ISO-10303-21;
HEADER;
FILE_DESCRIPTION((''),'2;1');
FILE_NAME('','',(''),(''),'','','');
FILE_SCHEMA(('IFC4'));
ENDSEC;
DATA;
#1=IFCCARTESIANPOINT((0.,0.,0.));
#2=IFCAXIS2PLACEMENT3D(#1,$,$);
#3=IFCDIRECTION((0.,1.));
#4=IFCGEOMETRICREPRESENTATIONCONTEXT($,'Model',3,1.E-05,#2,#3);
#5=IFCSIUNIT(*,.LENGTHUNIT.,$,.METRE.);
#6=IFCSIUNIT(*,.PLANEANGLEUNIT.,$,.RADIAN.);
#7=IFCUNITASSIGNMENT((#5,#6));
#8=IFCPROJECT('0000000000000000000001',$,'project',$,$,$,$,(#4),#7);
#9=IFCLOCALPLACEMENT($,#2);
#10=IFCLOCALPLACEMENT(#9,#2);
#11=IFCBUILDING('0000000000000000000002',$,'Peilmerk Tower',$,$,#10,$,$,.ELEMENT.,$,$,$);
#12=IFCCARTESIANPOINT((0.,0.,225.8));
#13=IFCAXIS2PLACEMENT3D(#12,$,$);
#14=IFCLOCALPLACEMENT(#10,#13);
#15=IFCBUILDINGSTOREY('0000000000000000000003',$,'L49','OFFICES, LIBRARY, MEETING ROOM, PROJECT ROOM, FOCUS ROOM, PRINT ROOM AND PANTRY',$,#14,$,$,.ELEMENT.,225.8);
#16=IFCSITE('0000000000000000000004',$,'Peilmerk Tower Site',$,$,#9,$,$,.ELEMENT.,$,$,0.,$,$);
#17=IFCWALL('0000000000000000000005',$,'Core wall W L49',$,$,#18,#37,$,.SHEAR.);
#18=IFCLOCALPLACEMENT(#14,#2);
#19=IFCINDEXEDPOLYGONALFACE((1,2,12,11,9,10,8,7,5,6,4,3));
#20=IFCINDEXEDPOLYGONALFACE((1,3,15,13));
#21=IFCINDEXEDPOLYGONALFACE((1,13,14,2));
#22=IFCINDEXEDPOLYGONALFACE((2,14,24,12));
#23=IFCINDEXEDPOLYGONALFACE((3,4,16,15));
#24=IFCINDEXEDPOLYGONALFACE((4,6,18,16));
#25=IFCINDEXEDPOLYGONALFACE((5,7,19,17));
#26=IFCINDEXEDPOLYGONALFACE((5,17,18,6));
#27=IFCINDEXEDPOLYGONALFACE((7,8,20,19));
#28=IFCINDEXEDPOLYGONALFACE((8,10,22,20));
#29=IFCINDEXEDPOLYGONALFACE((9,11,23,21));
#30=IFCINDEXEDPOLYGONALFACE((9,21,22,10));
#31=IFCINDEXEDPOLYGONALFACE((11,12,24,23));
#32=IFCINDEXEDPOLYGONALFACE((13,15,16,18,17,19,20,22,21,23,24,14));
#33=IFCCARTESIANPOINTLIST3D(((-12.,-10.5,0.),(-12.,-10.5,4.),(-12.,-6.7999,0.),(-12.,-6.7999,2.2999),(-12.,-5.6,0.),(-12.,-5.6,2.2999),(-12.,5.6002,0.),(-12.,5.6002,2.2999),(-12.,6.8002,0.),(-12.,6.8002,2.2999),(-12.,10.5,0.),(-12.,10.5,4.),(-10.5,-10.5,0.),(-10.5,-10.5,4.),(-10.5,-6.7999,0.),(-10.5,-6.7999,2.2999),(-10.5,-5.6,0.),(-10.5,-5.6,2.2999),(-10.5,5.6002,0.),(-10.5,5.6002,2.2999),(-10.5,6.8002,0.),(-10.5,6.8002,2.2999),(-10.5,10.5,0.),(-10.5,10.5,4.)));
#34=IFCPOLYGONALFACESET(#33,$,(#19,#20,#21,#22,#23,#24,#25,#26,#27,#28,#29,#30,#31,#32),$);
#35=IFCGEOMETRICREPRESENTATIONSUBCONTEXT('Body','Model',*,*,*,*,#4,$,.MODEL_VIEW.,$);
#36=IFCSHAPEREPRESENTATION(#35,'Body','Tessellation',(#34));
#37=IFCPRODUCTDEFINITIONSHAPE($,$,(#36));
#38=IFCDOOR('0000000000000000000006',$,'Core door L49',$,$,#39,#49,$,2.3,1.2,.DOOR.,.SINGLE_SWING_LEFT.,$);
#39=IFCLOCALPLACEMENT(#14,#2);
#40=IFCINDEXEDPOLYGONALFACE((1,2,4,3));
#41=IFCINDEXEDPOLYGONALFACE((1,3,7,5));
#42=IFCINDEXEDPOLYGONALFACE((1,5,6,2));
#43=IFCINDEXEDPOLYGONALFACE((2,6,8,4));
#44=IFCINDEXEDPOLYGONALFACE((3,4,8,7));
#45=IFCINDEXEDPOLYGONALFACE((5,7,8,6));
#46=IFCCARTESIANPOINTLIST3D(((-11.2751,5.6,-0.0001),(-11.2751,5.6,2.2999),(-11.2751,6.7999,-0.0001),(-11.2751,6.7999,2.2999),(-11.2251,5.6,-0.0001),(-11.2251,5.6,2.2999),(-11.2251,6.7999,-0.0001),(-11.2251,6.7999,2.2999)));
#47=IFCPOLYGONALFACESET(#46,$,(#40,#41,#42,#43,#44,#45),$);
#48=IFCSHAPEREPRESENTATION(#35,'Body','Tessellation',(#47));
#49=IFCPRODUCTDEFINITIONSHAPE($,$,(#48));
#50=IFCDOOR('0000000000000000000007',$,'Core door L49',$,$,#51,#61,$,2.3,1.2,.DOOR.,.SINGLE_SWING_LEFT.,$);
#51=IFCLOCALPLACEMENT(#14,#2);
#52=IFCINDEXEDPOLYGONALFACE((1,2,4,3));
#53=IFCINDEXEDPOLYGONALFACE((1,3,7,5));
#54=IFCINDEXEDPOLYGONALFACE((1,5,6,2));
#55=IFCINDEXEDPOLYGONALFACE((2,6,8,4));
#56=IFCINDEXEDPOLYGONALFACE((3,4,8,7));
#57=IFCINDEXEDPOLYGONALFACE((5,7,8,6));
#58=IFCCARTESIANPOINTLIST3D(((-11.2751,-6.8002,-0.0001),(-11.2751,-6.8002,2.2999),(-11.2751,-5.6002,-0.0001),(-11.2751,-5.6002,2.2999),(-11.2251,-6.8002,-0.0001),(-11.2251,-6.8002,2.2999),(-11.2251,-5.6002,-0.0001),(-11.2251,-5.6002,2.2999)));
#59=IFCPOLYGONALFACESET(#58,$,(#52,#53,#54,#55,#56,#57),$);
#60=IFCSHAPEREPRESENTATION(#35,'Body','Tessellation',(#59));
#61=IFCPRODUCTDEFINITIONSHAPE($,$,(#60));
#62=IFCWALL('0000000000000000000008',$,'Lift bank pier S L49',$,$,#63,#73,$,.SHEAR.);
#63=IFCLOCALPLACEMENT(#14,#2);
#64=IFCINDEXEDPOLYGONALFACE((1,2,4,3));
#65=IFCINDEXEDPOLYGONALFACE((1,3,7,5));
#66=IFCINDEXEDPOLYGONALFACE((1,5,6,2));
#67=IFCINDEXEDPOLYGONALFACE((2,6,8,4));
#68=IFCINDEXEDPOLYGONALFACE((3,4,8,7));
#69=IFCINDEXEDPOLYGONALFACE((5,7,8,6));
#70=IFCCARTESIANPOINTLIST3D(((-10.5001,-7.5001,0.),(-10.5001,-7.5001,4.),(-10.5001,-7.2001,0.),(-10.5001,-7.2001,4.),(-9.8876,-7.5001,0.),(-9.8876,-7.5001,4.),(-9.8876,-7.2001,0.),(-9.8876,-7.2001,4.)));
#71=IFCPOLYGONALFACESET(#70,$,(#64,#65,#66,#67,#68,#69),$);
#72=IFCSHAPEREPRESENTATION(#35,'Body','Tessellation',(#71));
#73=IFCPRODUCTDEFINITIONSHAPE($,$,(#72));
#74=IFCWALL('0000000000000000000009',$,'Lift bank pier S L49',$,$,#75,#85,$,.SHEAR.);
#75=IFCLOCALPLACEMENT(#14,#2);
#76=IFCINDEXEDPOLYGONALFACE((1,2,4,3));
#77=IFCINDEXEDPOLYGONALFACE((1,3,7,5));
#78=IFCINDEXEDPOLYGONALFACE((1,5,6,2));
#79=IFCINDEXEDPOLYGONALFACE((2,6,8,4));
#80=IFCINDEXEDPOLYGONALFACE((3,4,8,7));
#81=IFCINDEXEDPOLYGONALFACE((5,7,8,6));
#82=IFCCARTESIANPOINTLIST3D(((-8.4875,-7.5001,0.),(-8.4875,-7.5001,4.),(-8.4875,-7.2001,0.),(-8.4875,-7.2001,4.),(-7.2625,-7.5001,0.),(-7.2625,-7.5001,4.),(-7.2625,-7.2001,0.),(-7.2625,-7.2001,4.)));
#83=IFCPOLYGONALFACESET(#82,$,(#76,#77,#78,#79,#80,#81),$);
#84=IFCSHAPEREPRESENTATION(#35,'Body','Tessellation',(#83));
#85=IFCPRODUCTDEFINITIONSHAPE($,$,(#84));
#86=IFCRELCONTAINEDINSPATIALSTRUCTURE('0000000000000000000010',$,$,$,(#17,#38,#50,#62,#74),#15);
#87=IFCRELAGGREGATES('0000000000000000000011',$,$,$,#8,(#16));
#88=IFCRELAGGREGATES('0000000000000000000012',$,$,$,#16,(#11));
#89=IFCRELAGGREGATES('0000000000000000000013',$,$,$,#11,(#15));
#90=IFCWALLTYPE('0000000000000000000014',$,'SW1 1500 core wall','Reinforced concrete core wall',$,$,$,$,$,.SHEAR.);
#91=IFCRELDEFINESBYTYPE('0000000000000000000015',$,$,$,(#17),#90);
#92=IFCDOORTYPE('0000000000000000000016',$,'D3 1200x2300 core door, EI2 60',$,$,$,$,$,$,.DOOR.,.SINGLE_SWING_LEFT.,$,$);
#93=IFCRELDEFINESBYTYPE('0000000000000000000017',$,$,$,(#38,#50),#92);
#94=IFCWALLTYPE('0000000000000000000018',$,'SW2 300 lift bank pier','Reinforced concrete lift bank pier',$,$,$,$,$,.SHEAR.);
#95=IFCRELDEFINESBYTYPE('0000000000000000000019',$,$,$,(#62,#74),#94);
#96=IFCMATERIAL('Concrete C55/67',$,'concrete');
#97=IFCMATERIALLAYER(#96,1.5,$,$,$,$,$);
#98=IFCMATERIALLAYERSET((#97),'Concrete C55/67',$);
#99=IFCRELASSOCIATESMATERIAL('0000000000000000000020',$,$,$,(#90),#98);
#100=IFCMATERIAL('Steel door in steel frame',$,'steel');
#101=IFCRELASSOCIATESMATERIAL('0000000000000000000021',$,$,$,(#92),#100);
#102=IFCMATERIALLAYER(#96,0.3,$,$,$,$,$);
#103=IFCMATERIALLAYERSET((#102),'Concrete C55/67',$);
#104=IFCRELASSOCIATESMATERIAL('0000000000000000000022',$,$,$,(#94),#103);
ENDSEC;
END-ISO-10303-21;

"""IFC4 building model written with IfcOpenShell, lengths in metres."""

from ifc_helpers import new_model, si_unit, direction, frame, frame_2d, origin, place, context, subcontext, project, spatial, rectangle, extrude, material, layer, layer_set, type_object, element, fill, save


model = new_model("IFC4")

# Units and contexts
model_context = context("Model", 3, precision=1e-05, world=origin(), true_north=direction((0.0, 1.0)))
body_context = subcontext(model_context, "Body", "Model", "MODEL_VIEW")
ifc_project = project(units=[si_unit("LENGTHUNIT", "METRE"), si_unit("PLANEANGLEUNIT", "RADIAN")], contexts=[model_context])

# Site, building, storey
site_placement = place(None, origin())
site = spatial("IfcSite", under=ifc_project, at=site_placement, Name="Peilmerk Tower Site", CompositionType="ELEMENT", RefElevation=0.0)
building_placement = place(site_placement, origin())
building = spatial("IfcBuilding", under=site, at=building_placement, Name="Peilmerk Tower", CompositionType="ELEMENT")
storey_placement = place(building_placement, frame((0.0, 0.0, 225.8)))
storey = spatial("IfcBuildingStorey", under=building, at=storey_placement, Name="L49", Description="OFFICES, LIBRARY, MEETING ROOM, PROJECT ROOM, FOCUS ROOM, PRINT ROOM AND PANTRY", CompositionType="ELEMENT", Elevation=225.8)

# Wall, openings, doors
ifc_material_1 = material(Name="Concrete C55/67", Category="concrete")
ifc_layer_1 = layer(ifc_material_1, 1.5)
ifc_layer_set_1 = layer_set([ifc_layer_1], Name="Concrete C55/67")
wall_type_1 = type_object("IfcWallType", Name="SW1 1500 core wall", Description="Reinforced concrete core wall", PredefinedType="SHEAR", material=ifc_layer_set_1)
wall_1_placement = place(storey_placement, frame((-11.25, -10.5, 0.0), z_axis=(0.0, 0.0, 1.0), x_axis=(0.0, 1.0, 0.0)))
wall_1 = element("IfcWall", 1, at=wall_1_placement, inside=storey, type_object=wall_type_1, Name="Core wall W L49", PredefinedType="SHEAR", context=body_context, shape_type="SweptSolid", body=[
    extrude(rectangle(XDim=21.0, YDim=1.5, at=frame_2d((10.5, 0.0))), origin(), (0.0, 0.0, 1.0), 4.0),
])
opening_1_placement = place(wall_1_placement, frame((16.1001, 0.0, 0.0)))
opening_1 = element("IfcOpeningElement", 2, at=opening_1_placement, cuts=wall_1, PredefinedType="OPENING", context=body_context, shape_type="SweptSolid", body=[
    extrude(rectangle(XDim=1.2, YDim=2.3, at=frame_2d((0.6001, 1.1499))), frame((0.0, 0.76, 0.0), z_axis=(0.0, -1.0, 0.0), x_axis=(1.0, 0.0, 0.0)), (0.0, 0.0, 1.0), 1.52),
])
opening_2_placement = place(wall_1_placement, frame((3.7, 0.0, 0.0)))
opening_2 = element("IfcOpeningElement", 3, at=opening_2_placement, cuts=wall_1, PredefinedType="OPENING", context=body_context, shape_type="SweptSolid", body=[
    extrude(rectangle(XDim=1.2, YDim=2.3, at=frame_2d((0.6001, 1.1499))), frame((0.0, 0.76, 0.0), z_axis=(0.0, -1.0, 0.0), x_axis=(1.0, 0.0, 0.0)), (0.0, 0.0, 1.0), 1.52),
])
ifc_material_2 = material(Name="Steel door in steel frame", Category="steel")
door_type_1 = type_object("IfcDoorType", Name="D3 1200x2300 core door, EI2 60", OperationType="SINGLE_SWING_LEFT", PredefinedType="DOOR", material=ifc_material_2)
door_1_placement = place(opening_1_placement, frame((1.2, 0.0, 0.0), z_axis=(0.0, 0.0, 1.0), x_axis=(-1.0, 0.0, 0.0)))
door_1 = element("IfcDoor", 4, at=door_1_placement, inside=storey, type_object=door_type_1, Name="Core door L49", OperationType="SINGLE_SWING_LEFT", OverallHeight=2.3, OverallWidth=1.2, PredefinedType="DOOR", context=body_context, shape_type="SweptSolid", body=[
    extrude(rectangle(XDim=1.2, YDim=2.3, at=frame_2d((0.6001, 1.1499))), frame((0.0, 0.0249, 0.0), z_axis=(0.0, -1.0, 0.0), x_axis=(1.0, 0.0, 0.0)), (0.0, 0.0, 1.0), 0.05),
])
fill(opening_1, door_1)
door_2_placement = place(opening_2_placement, frame((1.2, 0.0, 0.0), z_axis=(0.0, 0.0, 1.0), x_axis=(-1.0, 0.0, 0.0)))
door_2 = element("IfcDoor", 5, at=door_2_placement, inside=storey, type_object=door_type_1, Name="Core door L49", OperationType="SINGLE_SWING_LEFT", OverallHeight=2.3, OverallWidth=1.2, PredefinedType="DOOR", context=body_context, shape_type="SweptSolid", body=[
    extrude(rectangle(XDim=1.2, YDim=2.3, at=frame_2d((0.6001, 1.1499))), frame((0.0, 0.0249, 0.0), z_axis=(0.0, -1.0, 0.0), x_axis=(1.0, 0.0, 0.0)), (0.0, 0.0, 1.0), 0.05),
])
fill(opening_2, door_2)

# Walls
ifc_layer_2 = layer(ifc_material_1, 0.3)
ifc_layer_set_2 = layer_set([ifc_layer_2], Name="Concrete C55/67")
wall_type_2 = type_object("IfcWallType", Name="SW2 300 lift bank pier", Description="Reinforced concrete lift bank pier", PredefinedType="SHEAR", material=ifc_layer_set_2)
wall_2_placement = place(storey_placement, frame((-10.5, -7.3501, 0.0), z_axis=(0.0, 0.0, 1.0), x_axis=(1.0, 0.0, 0.0)))
element("IfcWall", 6, at=wall_2_placement, inside=storey, type_object=wall_type_2, Name="Lift bank pier S L49", PredefinedType="SHEAR", context=body_context, shape_type="SweptSolid", body=[
    extrude(rectangle(XDim=0.6125, YDim=0.3, at=frame_2d((0.3062, 0.0))), origin(), (0.0, 0.0, 1.0), 4.0),
])
wall_3_placement = place(storey_placement, frame((-8.4875, -7.3501, 0.0), z_axis=(0.0, 0.0, 1.0), x_axis=(1.0, 0.0, 0.0)))
element("IfcWall", 7, at=wall_3_placement, inside=storey, type_object=wall_type_2, Name="Lift bank pier S L49", PredefinedType="SHEAR", context=body_context, shape_type="SweptSolid", body=[
    extrude(rectangle(XDim=1.2251, YDim=0.3, at=frame_2d((0.6125, 0.0))), origin(), (0.0, 0.0, 1.0), 4.0),
])

save(model, "model.ifc")
